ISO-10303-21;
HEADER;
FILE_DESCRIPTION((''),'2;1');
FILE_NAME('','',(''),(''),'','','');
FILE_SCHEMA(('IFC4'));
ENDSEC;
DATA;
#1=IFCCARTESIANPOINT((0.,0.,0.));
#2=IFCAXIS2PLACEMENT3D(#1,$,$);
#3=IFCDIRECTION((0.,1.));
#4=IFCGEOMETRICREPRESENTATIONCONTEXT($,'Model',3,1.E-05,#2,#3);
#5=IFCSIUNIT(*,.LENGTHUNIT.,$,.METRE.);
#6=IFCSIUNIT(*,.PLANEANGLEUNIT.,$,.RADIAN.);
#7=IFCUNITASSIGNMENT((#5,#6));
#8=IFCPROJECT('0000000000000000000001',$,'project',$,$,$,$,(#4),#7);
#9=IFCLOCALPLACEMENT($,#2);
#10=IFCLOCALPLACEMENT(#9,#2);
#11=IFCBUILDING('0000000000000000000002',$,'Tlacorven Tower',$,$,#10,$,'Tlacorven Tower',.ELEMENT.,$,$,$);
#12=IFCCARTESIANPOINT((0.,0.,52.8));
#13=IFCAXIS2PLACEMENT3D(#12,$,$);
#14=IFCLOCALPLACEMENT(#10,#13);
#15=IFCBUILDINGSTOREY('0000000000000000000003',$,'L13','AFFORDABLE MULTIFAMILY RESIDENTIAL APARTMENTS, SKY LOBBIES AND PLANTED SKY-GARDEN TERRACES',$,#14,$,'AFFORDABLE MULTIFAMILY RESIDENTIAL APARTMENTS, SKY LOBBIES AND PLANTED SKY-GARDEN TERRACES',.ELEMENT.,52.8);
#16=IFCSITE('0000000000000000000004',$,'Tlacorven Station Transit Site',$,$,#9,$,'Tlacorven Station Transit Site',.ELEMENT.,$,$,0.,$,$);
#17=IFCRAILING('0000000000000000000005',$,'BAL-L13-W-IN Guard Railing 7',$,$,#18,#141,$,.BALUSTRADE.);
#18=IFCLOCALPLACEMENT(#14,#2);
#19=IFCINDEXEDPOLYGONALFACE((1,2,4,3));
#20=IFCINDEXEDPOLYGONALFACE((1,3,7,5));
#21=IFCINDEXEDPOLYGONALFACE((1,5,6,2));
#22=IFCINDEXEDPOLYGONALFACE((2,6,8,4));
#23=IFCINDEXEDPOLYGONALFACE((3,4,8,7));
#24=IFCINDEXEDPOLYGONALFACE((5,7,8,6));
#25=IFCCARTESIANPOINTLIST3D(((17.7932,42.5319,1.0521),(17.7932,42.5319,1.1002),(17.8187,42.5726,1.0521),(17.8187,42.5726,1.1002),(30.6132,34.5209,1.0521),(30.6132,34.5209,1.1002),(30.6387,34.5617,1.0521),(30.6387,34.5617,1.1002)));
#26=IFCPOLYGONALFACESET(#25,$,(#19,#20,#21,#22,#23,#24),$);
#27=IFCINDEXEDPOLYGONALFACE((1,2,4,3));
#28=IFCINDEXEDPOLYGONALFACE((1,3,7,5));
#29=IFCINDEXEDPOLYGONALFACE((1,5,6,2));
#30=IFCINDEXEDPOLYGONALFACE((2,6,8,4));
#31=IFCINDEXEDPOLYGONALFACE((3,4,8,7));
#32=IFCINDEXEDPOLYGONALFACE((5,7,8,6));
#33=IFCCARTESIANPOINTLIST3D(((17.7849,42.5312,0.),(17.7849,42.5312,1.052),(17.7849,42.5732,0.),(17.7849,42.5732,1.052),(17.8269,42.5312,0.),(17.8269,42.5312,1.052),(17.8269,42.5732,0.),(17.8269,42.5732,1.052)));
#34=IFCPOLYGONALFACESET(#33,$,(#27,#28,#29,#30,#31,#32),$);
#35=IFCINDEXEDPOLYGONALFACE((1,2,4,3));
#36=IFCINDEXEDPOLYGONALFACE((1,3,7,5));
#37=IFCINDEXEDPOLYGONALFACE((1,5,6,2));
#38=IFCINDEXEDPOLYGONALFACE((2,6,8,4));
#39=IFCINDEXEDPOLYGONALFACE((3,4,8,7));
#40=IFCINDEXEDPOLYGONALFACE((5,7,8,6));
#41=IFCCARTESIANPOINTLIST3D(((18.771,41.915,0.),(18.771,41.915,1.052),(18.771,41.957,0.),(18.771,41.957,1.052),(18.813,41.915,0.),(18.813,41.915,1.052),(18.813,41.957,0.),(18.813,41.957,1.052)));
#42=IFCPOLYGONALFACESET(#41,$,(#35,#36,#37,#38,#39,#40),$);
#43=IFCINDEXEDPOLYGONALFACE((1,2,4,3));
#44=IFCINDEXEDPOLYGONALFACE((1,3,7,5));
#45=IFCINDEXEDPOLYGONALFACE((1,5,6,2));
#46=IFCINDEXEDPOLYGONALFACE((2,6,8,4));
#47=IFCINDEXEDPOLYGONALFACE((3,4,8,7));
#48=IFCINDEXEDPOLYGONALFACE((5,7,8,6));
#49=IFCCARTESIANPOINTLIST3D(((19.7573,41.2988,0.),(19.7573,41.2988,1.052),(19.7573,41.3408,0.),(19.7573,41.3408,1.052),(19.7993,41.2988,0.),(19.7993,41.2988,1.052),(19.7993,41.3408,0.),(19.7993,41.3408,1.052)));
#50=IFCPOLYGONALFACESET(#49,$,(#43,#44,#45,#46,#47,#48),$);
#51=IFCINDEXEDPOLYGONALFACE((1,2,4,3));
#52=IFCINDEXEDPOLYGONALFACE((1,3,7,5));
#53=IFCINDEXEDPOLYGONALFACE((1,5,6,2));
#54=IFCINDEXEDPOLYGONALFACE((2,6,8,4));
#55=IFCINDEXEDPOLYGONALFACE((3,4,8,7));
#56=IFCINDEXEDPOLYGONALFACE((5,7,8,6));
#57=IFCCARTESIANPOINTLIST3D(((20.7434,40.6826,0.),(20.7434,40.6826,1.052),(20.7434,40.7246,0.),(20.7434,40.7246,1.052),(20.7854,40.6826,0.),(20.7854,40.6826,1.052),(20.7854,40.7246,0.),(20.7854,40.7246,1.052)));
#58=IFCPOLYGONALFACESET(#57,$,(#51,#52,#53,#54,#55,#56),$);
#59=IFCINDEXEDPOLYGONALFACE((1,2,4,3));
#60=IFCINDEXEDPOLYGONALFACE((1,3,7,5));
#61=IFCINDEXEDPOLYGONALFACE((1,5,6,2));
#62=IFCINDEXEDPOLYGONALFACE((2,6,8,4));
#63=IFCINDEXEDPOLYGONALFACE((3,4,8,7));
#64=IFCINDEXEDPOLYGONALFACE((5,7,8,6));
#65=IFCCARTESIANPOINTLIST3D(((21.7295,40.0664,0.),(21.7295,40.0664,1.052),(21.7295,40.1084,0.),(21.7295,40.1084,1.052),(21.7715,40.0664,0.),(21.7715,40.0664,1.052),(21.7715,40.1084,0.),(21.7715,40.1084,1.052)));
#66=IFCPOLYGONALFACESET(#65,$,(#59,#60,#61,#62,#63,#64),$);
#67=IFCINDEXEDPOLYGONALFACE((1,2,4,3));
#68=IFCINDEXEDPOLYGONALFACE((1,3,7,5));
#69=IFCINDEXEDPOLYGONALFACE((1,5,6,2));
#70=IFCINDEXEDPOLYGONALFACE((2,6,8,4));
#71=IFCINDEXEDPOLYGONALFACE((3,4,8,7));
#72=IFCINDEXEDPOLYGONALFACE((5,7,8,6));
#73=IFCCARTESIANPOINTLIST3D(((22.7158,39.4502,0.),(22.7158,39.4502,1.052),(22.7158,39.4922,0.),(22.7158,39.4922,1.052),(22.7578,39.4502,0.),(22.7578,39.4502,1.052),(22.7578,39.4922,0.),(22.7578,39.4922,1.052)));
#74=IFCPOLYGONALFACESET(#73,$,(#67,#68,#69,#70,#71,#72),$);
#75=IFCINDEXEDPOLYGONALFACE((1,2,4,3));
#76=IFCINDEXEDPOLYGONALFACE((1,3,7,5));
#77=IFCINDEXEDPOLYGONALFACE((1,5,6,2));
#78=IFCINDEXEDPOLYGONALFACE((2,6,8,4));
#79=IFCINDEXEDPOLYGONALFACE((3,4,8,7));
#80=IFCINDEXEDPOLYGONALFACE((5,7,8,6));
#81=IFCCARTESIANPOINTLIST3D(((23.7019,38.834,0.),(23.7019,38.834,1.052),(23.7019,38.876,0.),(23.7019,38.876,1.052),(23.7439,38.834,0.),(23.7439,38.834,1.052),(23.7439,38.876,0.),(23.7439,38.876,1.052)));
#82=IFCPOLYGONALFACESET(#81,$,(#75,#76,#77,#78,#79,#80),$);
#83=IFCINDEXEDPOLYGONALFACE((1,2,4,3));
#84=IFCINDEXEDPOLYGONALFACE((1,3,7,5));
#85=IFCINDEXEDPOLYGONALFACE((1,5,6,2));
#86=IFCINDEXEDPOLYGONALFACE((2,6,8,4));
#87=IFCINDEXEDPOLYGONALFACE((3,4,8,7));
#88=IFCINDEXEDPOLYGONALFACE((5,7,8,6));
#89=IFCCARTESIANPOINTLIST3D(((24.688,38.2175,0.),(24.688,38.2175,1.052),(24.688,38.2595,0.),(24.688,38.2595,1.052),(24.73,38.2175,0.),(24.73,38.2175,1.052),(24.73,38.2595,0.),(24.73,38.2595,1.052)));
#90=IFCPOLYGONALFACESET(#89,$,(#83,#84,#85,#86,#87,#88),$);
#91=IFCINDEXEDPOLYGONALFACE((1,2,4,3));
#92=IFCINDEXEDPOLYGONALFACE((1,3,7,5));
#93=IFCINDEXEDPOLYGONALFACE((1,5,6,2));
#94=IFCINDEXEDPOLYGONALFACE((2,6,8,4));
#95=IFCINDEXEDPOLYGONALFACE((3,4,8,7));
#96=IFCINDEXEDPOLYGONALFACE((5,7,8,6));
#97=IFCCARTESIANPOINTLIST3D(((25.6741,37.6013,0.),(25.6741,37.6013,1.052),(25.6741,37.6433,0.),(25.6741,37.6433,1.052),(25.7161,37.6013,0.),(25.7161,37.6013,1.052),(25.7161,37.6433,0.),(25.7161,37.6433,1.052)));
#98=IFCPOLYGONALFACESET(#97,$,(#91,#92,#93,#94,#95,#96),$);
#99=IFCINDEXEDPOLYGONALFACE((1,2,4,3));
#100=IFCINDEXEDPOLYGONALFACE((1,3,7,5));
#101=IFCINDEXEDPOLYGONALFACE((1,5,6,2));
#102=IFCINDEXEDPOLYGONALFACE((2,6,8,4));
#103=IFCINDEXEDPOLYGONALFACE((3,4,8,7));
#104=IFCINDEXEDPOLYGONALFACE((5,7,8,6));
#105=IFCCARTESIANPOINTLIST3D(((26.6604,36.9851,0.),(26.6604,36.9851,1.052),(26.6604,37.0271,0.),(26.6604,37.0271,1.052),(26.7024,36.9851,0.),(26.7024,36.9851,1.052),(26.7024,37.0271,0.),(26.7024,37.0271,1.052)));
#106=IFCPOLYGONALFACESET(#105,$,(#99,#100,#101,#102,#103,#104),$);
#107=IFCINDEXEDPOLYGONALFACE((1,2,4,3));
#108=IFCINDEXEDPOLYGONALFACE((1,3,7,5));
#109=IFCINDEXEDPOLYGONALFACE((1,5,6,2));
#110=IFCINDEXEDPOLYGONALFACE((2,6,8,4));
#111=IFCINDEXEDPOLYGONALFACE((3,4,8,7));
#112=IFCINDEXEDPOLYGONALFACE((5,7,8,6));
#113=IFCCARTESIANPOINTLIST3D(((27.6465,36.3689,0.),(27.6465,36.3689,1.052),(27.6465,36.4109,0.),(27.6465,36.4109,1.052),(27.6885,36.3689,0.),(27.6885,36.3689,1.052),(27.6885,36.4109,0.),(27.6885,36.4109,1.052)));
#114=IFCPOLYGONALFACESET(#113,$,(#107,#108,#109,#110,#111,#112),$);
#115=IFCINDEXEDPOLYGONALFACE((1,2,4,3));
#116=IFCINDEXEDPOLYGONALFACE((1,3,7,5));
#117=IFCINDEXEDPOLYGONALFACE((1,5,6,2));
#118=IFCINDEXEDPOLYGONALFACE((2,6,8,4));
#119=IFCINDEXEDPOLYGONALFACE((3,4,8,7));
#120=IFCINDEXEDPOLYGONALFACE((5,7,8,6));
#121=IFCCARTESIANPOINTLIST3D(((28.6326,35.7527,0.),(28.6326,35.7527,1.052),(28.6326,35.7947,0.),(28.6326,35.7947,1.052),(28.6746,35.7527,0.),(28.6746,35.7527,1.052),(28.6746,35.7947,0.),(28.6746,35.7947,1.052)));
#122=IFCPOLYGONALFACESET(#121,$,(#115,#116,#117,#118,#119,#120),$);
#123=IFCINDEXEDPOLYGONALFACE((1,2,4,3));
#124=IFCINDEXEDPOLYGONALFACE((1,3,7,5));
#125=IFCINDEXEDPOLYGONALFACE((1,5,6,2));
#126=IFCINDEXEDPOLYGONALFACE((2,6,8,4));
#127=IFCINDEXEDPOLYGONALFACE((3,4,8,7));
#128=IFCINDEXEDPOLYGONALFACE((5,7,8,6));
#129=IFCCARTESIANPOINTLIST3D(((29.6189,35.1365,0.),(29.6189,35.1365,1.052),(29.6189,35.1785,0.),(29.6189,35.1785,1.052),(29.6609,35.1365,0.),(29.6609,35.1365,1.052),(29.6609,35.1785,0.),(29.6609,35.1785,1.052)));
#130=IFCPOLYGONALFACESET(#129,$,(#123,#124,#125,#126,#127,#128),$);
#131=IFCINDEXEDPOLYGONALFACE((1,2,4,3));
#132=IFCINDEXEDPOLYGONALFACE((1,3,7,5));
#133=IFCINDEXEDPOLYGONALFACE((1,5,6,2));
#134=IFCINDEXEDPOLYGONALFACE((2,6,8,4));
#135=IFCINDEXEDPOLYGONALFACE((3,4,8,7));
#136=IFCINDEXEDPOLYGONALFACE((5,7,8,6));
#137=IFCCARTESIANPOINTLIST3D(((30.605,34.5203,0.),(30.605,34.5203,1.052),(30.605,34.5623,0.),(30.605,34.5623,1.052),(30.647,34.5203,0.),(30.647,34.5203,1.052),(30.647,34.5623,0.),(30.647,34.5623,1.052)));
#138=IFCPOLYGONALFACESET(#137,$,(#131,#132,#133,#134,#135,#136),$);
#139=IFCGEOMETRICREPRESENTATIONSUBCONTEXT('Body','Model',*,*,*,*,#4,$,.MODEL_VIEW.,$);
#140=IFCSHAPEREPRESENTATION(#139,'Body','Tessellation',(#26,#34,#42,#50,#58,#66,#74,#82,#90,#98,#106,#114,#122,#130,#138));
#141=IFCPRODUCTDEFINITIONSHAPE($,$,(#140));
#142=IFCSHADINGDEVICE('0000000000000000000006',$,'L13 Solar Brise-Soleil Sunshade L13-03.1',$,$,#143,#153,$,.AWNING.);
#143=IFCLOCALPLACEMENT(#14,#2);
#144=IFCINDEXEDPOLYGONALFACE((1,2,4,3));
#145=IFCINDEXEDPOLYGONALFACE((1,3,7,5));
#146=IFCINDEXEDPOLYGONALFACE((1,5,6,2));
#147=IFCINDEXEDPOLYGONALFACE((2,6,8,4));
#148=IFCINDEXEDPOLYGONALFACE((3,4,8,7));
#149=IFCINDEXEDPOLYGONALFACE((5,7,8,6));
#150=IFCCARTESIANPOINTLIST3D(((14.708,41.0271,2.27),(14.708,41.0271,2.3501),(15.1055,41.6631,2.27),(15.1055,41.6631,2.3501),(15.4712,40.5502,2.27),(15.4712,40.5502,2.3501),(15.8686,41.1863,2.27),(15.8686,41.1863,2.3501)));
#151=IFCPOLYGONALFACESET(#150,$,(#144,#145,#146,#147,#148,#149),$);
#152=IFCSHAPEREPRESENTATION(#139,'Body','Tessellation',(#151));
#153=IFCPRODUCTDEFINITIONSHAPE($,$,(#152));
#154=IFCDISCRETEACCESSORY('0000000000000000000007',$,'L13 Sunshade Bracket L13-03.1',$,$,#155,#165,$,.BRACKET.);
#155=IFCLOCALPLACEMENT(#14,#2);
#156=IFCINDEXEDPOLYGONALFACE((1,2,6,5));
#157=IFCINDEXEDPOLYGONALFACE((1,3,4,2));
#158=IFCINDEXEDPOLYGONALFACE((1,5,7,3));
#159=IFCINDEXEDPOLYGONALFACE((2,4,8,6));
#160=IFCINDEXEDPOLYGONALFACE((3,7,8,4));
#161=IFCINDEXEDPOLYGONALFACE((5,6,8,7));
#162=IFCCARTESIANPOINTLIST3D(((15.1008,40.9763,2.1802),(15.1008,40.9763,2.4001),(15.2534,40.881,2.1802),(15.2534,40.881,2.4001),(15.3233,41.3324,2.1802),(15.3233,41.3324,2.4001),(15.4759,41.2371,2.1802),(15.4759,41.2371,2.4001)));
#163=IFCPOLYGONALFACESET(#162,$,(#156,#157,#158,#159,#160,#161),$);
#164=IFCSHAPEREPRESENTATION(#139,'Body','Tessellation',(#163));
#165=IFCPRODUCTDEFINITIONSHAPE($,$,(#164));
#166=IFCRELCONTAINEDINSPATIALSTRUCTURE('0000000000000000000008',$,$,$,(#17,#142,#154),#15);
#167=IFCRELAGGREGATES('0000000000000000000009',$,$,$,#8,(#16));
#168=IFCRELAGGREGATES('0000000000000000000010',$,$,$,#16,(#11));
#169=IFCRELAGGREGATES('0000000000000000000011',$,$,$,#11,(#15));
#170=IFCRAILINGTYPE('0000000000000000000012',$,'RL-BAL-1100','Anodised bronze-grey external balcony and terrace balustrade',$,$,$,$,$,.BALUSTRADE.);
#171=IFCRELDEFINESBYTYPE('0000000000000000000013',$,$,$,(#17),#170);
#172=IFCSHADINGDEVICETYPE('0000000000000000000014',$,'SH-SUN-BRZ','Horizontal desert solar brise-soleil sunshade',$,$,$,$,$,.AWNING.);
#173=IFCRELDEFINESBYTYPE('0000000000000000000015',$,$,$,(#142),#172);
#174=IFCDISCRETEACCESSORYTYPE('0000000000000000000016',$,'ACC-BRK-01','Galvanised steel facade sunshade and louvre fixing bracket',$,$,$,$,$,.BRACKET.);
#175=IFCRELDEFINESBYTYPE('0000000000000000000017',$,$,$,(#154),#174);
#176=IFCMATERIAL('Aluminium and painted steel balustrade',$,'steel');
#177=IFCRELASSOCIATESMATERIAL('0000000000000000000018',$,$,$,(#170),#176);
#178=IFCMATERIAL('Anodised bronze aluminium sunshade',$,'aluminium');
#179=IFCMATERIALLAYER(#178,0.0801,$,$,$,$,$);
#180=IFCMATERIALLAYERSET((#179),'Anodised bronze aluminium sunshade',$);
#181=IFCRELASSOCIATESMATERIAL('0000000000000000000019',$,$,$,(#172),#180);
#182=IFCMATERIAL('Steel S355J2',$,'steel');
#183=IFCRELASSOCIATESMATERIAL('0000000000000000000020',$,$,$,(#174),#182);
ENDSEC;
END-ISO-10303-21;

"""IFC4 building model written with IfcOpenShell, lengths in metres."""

from ifc_helpers import new_model, si_unit, direction, frame, origin, origin_2d, place, context, subcontext, project, spatial, rectangle, extrude, source, transform, mapped, material, layer, layer_set, type_object, element, save


model = new_model("IFC4")

# Units and contexts
model_context = context("Model", 3, precision=1e-05, world=origin(), true_north=direction((0.0, 1.0)))
body_context = subcontext(model_context, "Body", "Model", "MODEL_VIEW")
ifc_project = project(units=[si_unit("LENGTHUNIT", "METRE"), si_unit("PLANEANGLEUNIT", "RADIAN")], contexts=[model_context])

# Site, building, storey
site_placement = place(None, origin())
site = spatial("IfcSite", under=ifc_project, at=site_placement, Name="Tlacorven Station Transit Site", LongName="Tlacorven Station Transit Site", CompositionType="ELEMENT", RefElevation=0.0)
building_placement = place(site_placement, origin())
building = spatial("IfcBuilding", under=site, at=building_placement, Name="Tlacorven Tower", LongName="Tlacorven Tower", CompositionType="ELEMENT")
storey_placement = place(building_placement, frame((0.0, 0.0, 52.8)))
storey = spatial("IfcBuildingStorey", under=building, at=storey_placement, Name="L13", Description="AFFORDABLE MULTIFAMILY RESIDENTIAL APARTMENTS, SKY LOBBIES AND PLANTED SKY-GARDEN TERRACES", LongName="AFFORDABLE MULTIFAMILY RESIDENTIAL APARTMENTS, SKY LOBBIES AND PLANTED SKY-GARDEN TERRACES", CompositionType="ELEMENT", Elevation=52.8)

# Shared definitions
ifc_material_1 = material(Name="Steel S355J2", Category="steel")

# Railing
ifc_material_2 = material(Name="Aluminium and painted steel balustrade", Category="steel")
railing_type = type_object("IfcRailingType", Name="RL-BAL-1100", Description="Anodised bronze-grey external balcony and terrace balustrade", PredefinedType="BALUSTRADE", material=ifc_material_2)
shared_shape_1 = source(origin(), body_context, "Body", "SweptSolid", [
    extrude(rectangle(XDim=0.0481, YDim=0.0481, at=origin_2d()), frame((0.0, 0.0, 1.0762), z_axis=(0.848045, -0.529925, 0.0), x_axis=(0.529925, 0.848045, 0.0)), (0.0, 0.0, 1.0), 15.1172),
    extrude(rectangle(XDim=0.042, YDim=0.042, at=origin_2d()), origin(), (0.0, 0.0, 1.0), 1.052),
    extrude(rectangle(XDim=0.042, YDim=0.042, at=origin_2d()), frame((0.9861, -0.6162, 0.0)), (0.0, 0.0, 1.0), 1.052),
    extrude(rectangle(XDim=0.042, YDim=0.042, at=origin_2d()), frame((1.9724, -1.2324, 0.0)), (0.0, 0.0, 1.0), 1.052),
    extrude(rectangle(XDim=0.042, YDim=0.042, at=origin_2d()), frame((2.9585, -1.8486, 0.0)), (0.0, 0.0, 1.0), 1.052),
    extrude(rectangle(XDim=0.042, YDim=0.042, at=origin_2d()), frame((3.9446, -2.4648, 0.0)), (0.0, 0.0, 1.0), 1.052),
    extrude(rectangle(XDim=0.042, YDim=0.042, at=origin_2d()), frame((4.9309, -3.0811, 0.0)), (0.0, 0.0, 1.0), 1.052),
    extrude(rectangle(XDim=0.042, YDim=0.042, at=origin_2d()), frame((5.917, -3.6973, 0.0)), (0.0, 0.0, 1.0), 1.052),
    extrude(rectangle(XDim=0.042, YDim=0.042, at=origin_2d()), frame((6.9031, -4.3137, 0.0)), (0.0, 0.0, 1.0), 1.052),
    extrude(rectangle(XDim=0.042, YDim=0.042, at=origin_2d()), frame((7.8892, -4.9299, 0.0)), (0.0, 0.0, 1.0), 1.052),
    extrude(rectangle(XDim=0.042, YDim=0.042, at=origin_2d()), frame((8.8755, -5.5461, 0.0)), (0.0, 0.0, 1.0), 1.052),
    extrude(rectangle(XDim=0.042, YDim=0.042, at=origin_2d()), frame((9.8616, -6.1624, 0.0)), (0.0, 0.0, 1.0), 1.052),
    extrude(rectangle(XDim=0.042, YDim=0.042, at=origin_2d()), frame((10.8477, -6.7786, 0.0)), (0.0, 0.0, 1.0), 1.052),
    extrude(rectangle(XDim=0.042, YDim=0.042, at=origin_2d()), frame((11.834, -7.3948, 0.0)), (0.0, 0.0, 1.0), 1.052),
    extrude(rectangle(XDim=0.042, YDim=0.042, at=origin_2d()), frame((12.8201, -8.011, 0.0)), (0.0, 0.0, 1.0), 1.052),
])
railing_1_placement = place(storey_placement, frame((17.8059, 42.5522, 0.0)))
element("IfcRailing", 1, at=railing_1_placement, inside=storey, type_object=railing_type, Name="BAL-L13-W-IN Guard Railing 7", PredefinedType="BALUSTRADE", context=body_context, shape_type="MappedRepresentation", body=[
    mapped(shared_shape_1, transform((0.0, 0.0, 0.0), scale=1.0)),
])

# Shading device
ifc_material_3 = material(Name="Anodised bronze aluminium sunshade", Category="aluminium")
ifc_layer_1 = layer(ifc_material_3, 0.0801)
ifc_layer_set_1 = layer_set([ifc_layer_1], Name="Anodised bronze aluminium sunshade")
shading_device_type = type_object("IfcShadingDeviceType", Name="SH-SUN-BRZ", Description="Horizontal desert solar brise-soleil sunshade", PredefinedType="AWNING", material=ifc_layer_set_1)
shared_shape_2 = source(origin(), body_context, "Body", "SweptSolid", [
    extrude(rectangle(XDim=0.8999, YDim=0.75, at=origin_2d()), origin(), (0.0, 0.0, 1.0), 0.0801),
])
shading_device_placement = place(storey_placement, frame((15.2883, 41.1067, 2.27), z_axis=(0.0, 0.0, 1.0), x_axis=(0.848048, -0.529919, 0.0)))
element("IfcShadingDevice", 2, at=shading_device_placement, inside=storey, type_object=shading_device_type, Name="L13 Solar Brise-Soleil Sunshade L13-03.1", PredefinedType="AWNING", context=body_context, shape_type="MappedRepresentation", body=[
    mapped(shared_shape_2, transform((0.0, 0.0, 0.0), scale=1.0)),
])

# Discrete accessory
discrete_accessory_type = type_object("IfcDiscreteAccessoryType", Name="ACC-BRK-01", Description="Galvanised steel facade sunshade and louvre fixing bracket", PredefinedType="BRACKET", material=ifc_material_1)
shared_shape_3 = source(origin(), body_context, "Body", "SweptSolid", [
    extrude(rectangle(XDim=0.1799, YDim=0.4199, at=origin_2d()), origin(), (0.0, 0.0, 1.0), 0.22),
])
discrete_accessory_placement = place(storey_placement, frame((15.2883, 41.1067, 2.1802), z_axis=(0.0, 0.0, 1.0), x_axis=(0.848048, -0.529919, 0.0)))
element("IfcDiscreteAccessory", 3, at=discrete_accessory_placement, inside=storey, type_object=discrete_accessory_type, Name="L13 Sunshade Bracket L13-03.1", PredefinedType="BRACKET", context=body_context, shape_type="MappedRepresentation", body=[
    mapped(shared_shape_3, transform((0.0, 0.0, 0.0), scale=1.0)),
])

save(model, "model.ifc")
